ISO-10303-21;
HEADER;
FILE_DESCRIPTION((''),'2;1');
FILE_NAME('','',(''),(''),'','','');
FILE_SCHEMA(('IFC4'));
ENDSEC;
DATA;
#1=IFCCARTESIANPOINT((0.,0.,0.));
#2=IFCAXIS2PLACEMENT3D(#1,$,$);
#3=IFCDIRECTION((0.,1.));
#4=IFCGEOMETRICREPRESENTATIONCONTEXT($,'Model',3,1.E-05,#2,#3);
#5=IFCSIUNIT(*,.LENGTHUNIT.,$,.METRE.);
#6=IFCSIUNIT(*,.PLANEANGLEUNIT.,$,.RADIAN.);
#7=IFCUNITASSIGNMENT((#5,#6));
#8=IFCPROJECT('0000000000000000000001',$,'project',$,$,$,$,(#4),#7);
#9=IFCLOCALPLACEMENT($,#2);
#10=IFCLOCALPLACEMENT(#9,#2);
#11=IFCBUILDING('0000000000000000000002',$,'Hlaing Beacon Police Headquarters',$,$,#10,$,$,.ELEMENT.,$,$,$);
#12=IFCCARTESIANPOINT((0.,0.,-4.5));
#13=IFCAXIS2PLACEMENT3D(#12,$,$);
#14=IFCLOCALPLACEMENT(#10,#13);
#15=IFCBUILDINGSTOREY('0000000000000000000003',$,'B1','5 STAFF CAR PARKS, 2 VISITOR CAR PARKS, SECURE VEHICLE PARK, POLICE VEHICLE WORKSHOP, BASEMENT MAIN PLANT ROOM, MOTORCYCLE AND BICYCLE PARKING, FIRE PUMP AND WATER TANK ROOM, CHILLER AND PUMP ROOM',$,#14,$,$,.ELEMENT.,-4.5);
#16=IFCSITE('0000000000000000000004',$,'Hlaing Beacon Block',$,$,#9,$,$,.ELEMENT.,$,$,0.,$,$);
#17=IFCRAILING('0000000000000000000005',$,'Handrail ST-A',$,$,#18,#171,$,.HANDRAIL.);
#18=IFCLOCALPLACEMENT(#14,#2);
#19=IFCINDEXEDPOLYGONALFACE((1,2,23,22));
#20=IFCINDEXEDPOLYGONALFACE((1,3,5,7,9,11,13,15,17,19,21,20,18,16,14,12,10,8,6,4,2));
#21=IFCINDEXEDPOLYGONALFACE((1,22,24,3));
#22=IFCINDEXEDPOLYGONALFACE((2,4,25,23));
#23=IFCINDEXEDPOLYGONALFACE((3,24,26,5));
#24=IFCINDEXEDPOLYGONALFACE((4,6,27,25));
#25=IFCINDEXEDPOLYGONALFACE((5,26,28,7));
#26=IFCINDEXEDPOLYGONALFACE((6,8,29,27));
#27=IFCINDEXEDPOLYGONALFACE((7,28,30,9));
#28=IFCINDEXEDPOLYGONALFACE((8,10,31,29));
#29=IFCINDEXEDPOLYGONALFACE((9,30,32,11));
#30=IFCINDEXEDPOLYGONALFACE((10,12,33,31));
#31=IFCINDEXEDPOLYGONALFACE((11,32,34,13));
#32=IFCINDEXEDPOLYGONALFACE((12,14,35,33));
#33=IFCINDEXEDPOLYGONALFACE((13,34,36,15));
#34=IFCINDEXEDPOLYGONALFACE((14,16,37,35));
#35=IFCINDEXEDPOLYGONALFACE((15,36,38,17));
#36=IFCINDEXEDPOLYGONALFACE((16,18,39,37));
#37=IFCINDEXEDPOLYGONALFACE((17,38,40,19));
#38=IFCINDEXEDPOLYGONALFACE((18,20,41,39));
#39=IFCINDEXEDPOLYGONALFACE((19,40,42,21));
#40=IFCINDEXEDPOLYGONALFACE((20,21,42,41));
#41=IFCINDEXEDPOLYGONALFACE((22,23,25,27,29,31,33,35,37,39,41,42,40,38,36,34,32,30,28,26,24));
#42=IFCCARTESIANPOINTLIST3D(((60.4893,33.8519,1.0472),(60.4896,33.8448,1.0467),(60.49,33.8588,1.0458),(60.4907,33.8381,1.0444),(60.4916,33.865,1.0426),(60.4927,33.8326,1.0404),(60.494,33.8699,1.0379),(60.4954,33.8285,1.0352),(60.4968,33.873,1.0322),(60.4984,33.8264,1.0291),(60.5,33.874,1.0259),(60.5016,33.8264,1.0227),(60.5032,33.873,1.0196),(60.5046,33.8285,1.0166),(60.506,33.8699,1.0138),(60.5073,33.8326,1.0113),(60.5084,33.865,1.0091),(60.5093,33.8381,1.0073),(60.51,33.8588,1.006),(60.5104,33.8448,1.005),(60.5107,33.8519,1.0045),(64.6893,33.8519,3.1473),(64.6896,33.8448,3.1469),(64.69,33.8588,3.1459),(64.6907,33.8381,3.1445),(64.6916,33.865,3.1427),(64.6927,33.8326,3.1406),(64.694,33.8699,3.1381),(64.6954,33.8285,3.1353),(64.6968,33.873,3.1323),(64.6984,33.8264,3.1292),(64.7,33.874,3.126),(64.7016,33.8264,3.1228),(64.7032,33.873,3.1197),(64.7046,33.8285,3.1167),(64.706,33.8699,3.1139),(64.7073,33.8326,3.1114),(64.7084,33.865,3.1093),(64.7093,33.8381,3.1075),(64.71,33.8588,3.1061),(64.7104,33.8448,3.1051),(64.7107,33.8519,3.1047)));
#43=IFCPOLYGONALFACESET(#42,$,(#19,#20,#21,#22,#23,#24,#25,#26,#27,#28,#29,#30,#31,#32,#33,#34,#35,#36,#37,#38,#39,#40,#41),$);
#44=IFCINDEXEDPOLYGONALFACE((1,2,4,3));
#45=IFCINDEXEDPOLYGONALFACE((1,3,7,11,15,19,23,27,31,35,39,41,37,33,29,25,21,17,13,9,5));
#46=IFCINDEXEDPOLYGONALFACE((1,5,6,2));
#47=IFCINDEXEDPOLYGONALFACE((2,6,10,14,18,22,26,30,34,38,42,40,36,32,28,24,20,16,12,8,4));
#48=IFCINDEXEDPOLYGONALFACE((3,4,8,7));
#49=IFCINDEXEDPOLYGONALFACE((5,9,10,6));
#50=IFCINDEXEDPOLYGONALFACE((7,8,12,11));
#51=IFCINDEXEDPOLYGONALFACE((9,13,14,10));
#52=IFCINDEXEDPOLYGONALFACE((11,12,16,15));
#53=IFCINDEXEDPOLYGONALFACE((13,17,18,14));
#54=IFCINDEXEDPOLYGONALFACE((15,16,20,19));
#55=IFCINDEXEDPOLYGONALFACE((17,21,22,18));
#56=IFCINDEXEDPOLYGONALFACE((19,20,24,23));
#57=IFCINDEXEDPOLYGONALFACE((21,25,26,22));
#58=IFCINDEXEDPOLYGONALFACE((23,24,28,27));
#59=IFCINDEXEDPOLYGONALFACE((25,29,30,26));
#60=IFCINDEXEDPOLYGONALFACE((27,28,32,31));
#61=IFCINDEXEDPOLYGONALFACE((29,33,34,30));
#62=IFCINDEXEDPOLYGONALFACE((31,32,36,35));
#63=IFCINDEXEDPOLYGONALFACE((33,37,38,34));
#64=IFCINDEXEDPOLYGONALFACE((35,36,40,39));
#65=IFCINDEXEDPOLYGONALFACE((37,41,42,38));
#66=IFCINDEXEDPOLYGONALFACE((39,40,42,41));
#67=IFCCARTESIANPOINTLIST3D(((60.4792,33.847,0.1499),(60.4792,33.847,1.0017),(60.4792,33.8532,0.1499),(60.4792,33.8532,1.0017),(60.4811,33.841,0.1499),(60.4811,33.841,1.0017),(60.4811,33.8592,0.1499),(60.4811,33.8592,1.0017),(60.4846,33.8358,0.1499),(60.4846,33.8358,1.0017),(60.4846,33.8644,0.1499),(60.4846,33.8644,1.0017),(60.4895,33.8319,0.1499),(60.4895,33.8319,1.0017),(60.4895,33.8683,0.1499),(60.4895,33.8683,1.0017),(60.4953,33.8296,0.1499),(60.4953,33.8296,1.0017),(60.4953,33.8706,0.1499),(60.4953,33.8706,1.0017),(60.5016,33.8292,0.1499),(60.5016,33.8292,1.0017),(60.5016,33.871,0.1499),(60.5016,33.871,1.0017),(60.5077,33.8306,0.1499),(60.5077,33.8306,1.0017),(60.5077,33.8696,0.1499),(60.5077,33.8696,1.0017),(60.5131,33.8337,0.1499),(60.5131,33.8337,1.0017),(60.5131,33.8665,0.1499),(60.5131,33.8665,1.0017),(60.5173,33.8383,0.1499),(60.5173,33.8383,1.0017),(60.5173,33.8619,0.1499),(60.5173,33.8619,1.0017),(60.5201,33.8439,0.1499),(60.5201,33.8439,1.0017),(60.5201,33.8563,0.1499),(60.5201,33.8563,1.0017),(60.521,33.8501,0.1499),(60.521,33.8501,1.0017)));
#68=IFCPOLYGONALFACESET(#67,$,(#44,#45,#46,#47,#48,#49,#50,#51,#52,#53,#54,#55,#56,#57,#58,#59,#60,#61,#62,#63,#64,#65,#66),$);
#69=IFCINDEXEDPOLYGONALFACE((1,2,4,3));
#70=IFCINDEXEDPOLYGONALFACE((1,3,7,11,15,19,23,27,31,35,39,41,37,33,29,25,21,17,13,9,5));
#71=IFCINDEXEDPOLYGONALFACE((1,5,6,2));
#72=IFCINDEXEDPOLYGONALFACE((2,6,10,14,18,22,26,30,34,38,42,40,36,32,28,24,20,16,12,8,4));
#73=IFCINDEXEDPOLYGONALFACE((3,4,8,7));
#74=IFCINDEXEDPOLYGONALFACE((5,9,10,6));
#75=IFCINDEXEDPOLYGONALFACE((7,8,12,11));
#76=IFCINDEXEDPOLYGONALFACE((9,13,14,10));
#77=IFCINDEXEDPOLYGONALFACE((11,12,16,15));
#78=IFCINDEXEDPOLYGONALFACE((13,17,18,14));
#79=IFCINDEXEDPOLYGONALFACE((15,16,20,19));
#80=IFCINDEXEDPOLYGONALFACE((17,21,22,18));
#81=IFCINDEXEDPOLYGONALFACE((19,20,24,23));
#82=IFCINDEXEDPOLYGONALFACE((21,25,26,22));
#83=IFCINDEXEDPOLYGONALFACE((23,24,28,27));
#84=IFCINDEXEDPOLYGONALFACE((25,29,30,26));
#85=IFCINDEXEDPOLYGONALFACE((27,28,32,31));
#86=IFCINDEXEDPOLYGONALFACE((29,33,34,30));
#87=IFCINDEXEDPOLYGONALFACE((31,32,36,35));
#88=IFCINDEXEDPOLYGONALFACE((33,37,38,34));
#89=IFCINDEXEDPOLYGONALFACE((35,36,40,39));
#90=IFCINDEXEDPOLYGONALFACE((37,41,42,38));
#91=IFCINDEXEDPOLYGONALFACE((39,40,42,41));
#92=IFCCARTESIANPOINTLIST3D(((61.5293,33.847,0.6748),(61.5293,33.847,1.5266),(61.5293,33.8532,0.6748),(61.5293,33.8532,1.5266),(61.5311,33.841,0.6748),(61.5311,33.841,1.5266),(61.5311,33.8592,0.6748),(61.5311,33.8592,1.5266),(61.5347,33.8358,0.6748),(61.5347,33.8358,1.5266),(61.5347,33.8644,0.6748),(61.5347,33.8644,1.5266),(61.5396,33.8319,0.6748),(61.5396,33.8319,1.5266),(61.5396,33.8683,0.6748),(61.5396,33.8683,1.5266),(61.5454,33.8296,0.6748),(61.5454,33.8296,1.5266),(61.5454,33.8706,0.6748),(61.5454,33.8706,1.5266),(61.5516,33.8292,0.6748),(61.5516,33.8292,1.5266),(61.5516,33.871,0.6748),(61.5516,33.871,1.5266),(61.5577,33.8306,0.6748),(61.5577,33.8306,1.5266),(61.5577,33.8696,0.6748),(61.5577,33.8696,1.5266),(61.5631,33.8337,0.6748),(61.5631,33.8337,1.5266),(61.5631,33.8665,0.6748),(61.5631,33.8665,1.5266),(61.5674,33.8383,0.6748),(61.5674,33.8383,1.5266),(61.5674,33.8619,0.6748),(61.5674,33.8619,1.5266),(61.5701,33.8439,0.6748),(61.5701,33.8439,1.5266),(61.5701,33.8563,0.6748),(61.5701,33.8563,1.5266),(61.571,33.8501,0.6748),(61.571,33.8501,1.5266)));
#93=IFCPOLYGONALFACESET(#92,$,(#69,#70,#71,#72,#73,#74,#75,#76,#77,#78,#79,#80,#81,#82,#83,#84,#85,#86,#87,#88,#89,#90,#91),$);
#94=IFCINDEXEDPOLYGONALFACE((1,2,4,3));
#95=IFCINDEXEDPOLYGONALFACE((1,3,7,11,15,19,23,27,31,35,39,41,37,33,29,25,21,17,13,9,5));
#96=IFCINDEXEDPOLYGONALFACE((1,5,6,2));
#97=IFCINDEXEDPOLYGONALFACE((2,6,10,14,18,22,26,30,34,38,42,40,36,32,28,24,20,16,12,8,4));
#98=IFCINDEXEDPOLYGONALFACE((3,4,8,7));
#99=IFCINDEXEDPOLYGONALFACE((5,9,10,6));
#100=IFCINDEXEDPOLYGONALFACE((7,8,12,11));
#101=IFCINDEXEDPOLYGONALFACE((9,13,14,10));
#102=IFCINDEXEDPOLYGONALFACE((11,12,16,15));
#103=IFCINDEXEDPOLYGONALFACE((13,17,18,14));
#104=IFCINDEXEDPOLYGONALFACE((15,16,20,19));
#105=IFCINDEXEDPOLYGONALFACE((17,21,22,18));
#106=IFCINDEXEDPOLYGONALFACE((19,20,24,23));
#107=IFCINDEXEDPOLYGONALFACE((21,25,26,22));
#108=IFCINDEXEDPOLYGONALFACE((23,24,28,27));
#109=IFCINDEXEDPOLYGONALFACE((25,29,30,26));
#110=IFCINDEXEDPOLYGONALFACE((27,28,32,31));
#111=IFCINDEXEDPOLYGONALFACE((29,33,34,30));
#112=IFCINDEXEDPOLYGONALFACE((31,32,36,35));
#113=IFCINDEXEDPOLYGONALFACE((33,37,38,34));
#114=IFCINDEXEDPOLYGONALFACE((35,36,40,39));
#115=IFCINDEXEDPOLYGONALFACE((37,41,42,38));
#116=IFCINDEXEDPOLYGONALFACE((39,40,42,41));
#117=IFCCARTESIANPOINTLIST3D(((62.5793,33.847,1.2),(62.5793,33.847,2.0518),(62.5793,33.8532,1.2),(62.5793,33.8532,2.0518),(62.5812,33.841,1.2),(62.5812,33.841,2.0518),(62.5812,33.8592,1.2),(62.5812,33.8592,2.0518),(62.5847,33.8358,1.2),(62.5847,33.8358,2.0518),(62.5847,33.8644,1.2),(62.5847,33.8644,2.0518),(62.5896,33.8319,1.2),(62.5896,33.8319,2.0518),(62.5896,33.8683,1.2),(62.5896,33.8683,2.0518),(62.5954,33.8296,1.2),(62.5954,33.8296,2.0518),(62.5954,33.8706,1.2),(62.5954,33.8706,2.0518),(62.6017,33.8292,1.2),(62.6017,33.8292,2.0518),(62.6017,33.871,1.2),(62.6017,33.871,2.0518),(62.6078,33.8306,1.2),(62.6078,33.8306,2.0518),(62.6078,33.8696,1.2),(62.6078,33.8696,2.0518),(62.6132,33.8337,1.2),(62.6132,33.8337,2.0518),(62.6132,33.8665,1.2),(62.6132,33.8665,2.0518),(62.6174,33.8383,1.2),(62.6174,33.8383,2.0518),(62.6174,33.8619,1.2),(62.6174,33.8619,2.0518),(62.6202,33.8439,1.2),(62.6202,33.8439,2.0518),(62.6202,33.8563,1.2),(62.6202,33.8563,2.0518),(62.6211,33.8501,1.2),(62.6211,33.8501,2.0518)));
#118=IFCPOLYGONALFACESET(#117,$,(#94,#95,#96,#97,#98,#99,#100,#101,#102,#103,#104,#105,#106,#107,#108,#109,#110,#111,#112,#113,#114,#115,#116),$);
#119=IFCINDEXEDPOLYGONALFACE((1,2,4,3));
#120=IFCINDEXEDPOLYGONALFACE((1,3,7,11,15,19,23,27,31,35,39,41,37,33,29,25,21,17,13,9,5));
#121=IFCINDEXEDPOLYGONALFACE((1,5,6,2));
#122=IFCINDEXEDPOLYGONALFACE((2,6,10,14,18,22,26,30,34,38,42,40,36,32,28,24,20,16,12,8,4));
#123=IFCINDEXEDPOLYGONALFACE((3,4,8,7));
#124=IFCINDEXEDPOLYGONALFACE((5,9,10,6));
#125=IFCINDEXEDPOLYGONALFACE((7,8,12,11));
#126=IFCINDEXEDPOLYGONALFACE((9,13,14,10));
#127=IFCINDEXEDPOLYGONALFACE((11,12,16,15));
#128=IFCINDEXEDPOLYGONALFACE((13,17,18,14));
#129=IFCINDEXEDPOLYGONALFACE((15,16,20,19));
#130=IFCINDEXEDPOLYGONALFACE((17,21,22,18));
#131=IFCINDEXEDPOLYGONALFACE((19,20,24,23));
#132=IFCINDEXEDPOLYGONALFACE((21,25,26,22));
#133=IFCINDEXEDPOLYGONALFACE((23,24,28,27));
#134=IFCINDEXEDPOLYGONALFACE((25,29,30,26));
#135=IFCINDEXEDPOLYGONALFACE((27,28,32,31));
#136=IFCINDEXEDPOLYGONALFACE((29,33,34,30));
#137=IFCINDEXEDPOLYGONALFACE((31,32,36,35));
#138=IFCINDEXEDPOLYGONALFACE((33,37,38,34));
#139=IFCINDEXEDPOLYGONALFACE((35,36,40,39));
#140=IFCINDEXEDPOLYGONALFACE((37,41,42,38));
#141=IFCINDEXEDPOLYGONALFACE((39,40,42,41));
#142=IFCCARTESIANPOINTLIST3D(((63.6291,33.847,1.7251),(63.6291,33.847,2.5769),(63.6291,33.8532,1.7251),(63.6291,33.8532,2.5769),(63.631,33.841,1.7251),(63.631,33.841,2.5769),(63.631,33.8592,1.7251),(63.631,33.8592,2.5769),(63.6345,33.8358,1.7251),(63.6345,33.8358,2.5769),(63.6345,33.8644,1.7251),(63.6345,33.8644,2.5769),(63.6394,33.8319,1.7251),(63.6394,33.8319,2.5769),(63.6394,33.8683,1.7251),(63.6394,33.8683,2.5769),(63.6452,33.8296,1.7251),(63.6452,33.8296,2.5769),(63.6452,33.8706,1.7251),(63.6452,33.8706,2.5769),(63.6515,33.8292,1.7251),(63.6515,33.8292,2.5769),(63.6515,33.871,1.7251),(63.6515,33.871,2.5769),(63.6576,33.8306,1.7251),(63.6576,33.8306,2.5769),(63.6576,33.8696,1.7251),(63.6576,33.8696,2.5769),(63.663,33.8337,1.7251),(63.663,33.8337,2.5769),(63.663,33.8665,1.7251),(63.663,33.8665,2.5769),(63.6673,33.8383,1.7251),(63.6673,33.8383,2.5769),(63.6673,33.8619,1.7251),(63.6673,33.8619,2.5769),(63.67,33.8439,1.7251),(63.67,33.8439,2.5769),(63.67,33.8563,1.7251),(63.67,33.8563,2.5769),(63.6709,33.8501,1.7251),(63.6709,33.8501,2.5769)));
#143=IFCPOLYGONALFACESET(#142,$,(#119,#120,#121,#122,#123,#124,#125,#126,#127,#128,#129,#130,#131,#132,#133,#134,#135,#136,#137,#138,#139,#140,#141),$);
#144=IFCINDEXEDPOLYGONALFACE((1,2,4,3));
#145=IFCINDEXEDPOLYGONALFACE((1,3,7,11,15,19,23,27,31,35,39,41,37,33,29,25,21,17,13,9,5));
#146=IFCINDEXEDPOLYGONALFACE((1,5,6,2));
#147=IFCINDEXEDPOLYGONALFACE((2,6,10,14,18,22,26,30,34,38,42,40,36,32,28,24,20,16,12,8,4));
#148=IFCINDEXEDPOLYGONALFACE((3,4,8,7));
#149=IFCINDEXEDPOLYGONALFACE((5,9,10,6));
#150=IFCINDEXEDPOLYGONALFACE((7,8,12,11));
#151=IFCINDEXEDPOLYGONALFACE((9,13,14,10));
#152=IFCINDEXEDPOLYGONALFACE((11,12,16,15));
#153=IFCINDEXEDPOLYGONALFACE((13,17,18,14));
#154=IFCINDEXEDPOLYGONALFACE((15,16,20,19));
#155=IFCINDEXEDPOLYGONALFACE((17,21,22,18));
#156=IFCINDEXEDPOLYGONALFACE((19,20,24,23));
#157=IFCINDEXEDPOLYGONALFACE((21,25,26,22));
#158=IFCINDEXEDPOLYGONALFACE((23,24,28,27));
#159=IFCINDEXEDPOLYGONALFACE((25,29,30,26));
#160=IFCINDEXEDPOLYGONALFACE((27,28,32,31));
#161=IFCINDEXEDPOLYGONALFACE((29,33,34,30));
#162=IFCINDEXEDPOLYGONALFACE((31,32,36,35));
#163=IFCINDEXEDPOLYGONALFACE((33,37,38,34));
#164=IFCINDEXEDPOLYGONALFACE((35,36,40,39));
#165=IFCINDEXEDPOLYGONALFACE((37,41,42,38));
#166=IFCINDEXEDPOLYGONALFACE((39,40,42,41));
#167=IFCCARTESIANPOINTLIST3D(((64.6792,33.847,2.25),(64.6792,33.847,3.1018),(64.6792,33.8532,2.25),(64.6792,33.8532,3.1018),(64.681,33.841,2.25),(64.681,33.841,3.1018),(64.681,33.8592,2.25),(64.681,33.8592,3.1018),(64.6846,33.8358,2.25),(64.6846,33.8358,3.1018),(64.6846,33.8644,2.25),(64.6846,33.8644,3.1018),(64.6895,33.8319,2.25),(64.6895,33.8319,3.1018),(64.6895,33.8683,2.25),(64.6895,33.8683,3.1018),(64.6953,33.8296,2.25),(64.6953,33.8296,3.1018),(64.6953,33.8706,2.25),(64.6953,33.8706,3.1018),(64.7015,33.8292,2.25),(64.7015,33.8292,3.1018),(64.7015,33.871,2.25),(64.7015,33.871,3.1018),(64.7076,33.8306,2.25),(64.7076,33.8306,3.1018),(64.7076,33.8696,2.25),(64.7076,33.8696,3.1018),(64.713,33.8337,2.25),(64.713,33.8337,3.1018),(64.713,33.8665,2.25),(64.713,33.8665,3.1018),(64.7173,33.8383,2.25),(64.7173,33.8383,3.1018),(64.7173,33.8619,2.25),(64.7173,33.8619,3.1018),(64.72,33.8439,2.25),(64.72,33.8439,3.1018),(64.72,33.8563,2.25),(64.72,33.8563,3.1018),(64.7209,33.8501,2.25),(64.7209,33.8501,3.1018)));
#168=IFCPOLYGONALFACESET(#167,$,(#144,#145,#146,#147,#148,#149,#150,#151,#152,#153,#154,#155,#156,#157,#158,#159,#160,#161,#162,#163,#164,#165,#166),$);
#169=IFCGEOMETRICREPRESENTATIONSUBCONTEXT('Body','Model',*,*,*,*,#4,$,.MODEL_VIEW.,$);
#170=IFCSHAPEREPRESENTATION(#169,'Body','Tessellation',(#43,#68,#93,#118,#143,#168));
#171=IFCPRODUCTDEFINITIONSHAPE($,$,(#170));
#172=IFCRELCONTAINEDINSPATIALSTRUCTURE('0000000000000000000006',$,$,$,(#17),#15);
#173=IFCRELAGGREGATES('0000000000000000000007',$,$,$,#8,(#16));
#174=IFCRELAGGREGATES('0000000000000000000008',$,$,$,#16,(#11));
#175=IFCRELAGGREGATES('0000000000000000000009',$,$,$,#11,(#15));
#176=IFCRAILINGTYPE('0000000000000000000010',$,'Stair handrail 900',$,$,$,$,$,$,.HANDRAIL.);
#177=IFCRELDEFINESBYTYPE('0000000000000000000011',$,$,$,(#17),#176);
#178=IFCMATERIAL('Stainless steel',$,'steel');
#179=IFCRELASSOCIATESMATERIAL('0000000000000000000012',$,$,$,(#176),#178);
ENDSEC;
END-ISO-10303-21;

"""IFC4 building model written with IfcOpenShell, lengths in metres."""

from ifc_helpers import new_model, si_unit, direction, frame, origin, origin_2d, place, context, subcontext, project, spatial, circle, extrude, material, type_object, element, save


model = new_model("IFC4")

# Units and contexts
model_context = context("Model", 3, precision=1e-05, world=origin(), true_north=direction((0.0, 1.0)))
body_context = subcontext(model_context, "Body", "Model", "MODEL_VIEW")
ifc_project = project(units=[si_unit("LENGTHUNIT", "METRE"), si_unit("PLANEANGLEUNIT", "RADIAN")], contexts=[model_context])

# Site, building, storey
site_placement = place(None, origin())
site = spatial("IfcSite", under=ifc_project, at=site_placement, Name="Hlaing Beacon Block", CompositionType="ELEMENT", RefElevation=0.0)
building_placement = place(site_placement, origin())
building = spatial("IfcBuilding", under=site, at=building_placement, Name="Hlaing Beacon Police Headquarters", CompositionType="ELEMENT")
storey_placement = place(building_placement, frame((0.0, 0.0, -4.5)))
storey = spatial("IfcBuildingStorey", under=building, at=storey_placement, Name="B1", Description="5 STAFF CAR PARKS, 2 VISITOR CAR PARKS, SECURE VEHICLE PARK, POLICE VEHICLE WORKSHOP, BASEMENT MAIN PLANT ROOM, MOTORCYCLE AND BICYCLE PARKING, FIRE PUMP AND WATER TANK ROOM, CHILLER AND PUMP ROOM", CompositionType="ELEMENT", Elevation=-4.5)

# Railing
ifc_material_1 = material(Name="Stainless steel", Category="steel")
railing_type = type_object("IfcRailingType", Name="Stair handrail 900", PredefinedType="HANDRAIL", material=ifc_material_1)
for number, where, name in (
    (1, (60.5, 33.8501, 0.1499), "Handrail ST-A"),
):
    element("IfcRailing", number, at=place(storey_placement, frame(where)), inside=storey, type_object=railing_type, Name=name, PredefinedType="HANDRAIL", context=body_context, shape_type="SweptSolid", body=[
        extrude(circle(Radius=0.0239, at=origin_2d()), frame((0.0, 0.0, 0.876), z_axis=(0.894417, 0.0, 0.447234), x_axis=(0.0, 1.0, 0.0)), (0.0, 0.0, 1.0), 4.6958),
        extrude(circle(Radius=0.021, at=origin_2d()), origin(), (0.0, 0.0, 1.0), 0.8518),
        extrude(circle(Radius=0.021, at=origin_2d()), frame((1.05, 0.0, 0.5249)), (0.0, 0.0, 1.0), 0.8518),
        extrude(circle(Radius=0.021, at=origin_2d()), frame((2.1001, 0.0, 1.05)), (0.0, 0.0, 1.0), 0.8518),
        extrude(circle(Radius=0.021, at=origin_2d()), frame((3.1499, 0.0, 1.5752)), (0.0, 0.0, 1.0), 0.8518),
        extrude(circle(Radius=0.021, at=origin_2d()), frame((4.2, 0.0, 2.1001)), (0.0, 0.0, 1.0), 0.8518),
    ])

save(model, "model.ifc")
